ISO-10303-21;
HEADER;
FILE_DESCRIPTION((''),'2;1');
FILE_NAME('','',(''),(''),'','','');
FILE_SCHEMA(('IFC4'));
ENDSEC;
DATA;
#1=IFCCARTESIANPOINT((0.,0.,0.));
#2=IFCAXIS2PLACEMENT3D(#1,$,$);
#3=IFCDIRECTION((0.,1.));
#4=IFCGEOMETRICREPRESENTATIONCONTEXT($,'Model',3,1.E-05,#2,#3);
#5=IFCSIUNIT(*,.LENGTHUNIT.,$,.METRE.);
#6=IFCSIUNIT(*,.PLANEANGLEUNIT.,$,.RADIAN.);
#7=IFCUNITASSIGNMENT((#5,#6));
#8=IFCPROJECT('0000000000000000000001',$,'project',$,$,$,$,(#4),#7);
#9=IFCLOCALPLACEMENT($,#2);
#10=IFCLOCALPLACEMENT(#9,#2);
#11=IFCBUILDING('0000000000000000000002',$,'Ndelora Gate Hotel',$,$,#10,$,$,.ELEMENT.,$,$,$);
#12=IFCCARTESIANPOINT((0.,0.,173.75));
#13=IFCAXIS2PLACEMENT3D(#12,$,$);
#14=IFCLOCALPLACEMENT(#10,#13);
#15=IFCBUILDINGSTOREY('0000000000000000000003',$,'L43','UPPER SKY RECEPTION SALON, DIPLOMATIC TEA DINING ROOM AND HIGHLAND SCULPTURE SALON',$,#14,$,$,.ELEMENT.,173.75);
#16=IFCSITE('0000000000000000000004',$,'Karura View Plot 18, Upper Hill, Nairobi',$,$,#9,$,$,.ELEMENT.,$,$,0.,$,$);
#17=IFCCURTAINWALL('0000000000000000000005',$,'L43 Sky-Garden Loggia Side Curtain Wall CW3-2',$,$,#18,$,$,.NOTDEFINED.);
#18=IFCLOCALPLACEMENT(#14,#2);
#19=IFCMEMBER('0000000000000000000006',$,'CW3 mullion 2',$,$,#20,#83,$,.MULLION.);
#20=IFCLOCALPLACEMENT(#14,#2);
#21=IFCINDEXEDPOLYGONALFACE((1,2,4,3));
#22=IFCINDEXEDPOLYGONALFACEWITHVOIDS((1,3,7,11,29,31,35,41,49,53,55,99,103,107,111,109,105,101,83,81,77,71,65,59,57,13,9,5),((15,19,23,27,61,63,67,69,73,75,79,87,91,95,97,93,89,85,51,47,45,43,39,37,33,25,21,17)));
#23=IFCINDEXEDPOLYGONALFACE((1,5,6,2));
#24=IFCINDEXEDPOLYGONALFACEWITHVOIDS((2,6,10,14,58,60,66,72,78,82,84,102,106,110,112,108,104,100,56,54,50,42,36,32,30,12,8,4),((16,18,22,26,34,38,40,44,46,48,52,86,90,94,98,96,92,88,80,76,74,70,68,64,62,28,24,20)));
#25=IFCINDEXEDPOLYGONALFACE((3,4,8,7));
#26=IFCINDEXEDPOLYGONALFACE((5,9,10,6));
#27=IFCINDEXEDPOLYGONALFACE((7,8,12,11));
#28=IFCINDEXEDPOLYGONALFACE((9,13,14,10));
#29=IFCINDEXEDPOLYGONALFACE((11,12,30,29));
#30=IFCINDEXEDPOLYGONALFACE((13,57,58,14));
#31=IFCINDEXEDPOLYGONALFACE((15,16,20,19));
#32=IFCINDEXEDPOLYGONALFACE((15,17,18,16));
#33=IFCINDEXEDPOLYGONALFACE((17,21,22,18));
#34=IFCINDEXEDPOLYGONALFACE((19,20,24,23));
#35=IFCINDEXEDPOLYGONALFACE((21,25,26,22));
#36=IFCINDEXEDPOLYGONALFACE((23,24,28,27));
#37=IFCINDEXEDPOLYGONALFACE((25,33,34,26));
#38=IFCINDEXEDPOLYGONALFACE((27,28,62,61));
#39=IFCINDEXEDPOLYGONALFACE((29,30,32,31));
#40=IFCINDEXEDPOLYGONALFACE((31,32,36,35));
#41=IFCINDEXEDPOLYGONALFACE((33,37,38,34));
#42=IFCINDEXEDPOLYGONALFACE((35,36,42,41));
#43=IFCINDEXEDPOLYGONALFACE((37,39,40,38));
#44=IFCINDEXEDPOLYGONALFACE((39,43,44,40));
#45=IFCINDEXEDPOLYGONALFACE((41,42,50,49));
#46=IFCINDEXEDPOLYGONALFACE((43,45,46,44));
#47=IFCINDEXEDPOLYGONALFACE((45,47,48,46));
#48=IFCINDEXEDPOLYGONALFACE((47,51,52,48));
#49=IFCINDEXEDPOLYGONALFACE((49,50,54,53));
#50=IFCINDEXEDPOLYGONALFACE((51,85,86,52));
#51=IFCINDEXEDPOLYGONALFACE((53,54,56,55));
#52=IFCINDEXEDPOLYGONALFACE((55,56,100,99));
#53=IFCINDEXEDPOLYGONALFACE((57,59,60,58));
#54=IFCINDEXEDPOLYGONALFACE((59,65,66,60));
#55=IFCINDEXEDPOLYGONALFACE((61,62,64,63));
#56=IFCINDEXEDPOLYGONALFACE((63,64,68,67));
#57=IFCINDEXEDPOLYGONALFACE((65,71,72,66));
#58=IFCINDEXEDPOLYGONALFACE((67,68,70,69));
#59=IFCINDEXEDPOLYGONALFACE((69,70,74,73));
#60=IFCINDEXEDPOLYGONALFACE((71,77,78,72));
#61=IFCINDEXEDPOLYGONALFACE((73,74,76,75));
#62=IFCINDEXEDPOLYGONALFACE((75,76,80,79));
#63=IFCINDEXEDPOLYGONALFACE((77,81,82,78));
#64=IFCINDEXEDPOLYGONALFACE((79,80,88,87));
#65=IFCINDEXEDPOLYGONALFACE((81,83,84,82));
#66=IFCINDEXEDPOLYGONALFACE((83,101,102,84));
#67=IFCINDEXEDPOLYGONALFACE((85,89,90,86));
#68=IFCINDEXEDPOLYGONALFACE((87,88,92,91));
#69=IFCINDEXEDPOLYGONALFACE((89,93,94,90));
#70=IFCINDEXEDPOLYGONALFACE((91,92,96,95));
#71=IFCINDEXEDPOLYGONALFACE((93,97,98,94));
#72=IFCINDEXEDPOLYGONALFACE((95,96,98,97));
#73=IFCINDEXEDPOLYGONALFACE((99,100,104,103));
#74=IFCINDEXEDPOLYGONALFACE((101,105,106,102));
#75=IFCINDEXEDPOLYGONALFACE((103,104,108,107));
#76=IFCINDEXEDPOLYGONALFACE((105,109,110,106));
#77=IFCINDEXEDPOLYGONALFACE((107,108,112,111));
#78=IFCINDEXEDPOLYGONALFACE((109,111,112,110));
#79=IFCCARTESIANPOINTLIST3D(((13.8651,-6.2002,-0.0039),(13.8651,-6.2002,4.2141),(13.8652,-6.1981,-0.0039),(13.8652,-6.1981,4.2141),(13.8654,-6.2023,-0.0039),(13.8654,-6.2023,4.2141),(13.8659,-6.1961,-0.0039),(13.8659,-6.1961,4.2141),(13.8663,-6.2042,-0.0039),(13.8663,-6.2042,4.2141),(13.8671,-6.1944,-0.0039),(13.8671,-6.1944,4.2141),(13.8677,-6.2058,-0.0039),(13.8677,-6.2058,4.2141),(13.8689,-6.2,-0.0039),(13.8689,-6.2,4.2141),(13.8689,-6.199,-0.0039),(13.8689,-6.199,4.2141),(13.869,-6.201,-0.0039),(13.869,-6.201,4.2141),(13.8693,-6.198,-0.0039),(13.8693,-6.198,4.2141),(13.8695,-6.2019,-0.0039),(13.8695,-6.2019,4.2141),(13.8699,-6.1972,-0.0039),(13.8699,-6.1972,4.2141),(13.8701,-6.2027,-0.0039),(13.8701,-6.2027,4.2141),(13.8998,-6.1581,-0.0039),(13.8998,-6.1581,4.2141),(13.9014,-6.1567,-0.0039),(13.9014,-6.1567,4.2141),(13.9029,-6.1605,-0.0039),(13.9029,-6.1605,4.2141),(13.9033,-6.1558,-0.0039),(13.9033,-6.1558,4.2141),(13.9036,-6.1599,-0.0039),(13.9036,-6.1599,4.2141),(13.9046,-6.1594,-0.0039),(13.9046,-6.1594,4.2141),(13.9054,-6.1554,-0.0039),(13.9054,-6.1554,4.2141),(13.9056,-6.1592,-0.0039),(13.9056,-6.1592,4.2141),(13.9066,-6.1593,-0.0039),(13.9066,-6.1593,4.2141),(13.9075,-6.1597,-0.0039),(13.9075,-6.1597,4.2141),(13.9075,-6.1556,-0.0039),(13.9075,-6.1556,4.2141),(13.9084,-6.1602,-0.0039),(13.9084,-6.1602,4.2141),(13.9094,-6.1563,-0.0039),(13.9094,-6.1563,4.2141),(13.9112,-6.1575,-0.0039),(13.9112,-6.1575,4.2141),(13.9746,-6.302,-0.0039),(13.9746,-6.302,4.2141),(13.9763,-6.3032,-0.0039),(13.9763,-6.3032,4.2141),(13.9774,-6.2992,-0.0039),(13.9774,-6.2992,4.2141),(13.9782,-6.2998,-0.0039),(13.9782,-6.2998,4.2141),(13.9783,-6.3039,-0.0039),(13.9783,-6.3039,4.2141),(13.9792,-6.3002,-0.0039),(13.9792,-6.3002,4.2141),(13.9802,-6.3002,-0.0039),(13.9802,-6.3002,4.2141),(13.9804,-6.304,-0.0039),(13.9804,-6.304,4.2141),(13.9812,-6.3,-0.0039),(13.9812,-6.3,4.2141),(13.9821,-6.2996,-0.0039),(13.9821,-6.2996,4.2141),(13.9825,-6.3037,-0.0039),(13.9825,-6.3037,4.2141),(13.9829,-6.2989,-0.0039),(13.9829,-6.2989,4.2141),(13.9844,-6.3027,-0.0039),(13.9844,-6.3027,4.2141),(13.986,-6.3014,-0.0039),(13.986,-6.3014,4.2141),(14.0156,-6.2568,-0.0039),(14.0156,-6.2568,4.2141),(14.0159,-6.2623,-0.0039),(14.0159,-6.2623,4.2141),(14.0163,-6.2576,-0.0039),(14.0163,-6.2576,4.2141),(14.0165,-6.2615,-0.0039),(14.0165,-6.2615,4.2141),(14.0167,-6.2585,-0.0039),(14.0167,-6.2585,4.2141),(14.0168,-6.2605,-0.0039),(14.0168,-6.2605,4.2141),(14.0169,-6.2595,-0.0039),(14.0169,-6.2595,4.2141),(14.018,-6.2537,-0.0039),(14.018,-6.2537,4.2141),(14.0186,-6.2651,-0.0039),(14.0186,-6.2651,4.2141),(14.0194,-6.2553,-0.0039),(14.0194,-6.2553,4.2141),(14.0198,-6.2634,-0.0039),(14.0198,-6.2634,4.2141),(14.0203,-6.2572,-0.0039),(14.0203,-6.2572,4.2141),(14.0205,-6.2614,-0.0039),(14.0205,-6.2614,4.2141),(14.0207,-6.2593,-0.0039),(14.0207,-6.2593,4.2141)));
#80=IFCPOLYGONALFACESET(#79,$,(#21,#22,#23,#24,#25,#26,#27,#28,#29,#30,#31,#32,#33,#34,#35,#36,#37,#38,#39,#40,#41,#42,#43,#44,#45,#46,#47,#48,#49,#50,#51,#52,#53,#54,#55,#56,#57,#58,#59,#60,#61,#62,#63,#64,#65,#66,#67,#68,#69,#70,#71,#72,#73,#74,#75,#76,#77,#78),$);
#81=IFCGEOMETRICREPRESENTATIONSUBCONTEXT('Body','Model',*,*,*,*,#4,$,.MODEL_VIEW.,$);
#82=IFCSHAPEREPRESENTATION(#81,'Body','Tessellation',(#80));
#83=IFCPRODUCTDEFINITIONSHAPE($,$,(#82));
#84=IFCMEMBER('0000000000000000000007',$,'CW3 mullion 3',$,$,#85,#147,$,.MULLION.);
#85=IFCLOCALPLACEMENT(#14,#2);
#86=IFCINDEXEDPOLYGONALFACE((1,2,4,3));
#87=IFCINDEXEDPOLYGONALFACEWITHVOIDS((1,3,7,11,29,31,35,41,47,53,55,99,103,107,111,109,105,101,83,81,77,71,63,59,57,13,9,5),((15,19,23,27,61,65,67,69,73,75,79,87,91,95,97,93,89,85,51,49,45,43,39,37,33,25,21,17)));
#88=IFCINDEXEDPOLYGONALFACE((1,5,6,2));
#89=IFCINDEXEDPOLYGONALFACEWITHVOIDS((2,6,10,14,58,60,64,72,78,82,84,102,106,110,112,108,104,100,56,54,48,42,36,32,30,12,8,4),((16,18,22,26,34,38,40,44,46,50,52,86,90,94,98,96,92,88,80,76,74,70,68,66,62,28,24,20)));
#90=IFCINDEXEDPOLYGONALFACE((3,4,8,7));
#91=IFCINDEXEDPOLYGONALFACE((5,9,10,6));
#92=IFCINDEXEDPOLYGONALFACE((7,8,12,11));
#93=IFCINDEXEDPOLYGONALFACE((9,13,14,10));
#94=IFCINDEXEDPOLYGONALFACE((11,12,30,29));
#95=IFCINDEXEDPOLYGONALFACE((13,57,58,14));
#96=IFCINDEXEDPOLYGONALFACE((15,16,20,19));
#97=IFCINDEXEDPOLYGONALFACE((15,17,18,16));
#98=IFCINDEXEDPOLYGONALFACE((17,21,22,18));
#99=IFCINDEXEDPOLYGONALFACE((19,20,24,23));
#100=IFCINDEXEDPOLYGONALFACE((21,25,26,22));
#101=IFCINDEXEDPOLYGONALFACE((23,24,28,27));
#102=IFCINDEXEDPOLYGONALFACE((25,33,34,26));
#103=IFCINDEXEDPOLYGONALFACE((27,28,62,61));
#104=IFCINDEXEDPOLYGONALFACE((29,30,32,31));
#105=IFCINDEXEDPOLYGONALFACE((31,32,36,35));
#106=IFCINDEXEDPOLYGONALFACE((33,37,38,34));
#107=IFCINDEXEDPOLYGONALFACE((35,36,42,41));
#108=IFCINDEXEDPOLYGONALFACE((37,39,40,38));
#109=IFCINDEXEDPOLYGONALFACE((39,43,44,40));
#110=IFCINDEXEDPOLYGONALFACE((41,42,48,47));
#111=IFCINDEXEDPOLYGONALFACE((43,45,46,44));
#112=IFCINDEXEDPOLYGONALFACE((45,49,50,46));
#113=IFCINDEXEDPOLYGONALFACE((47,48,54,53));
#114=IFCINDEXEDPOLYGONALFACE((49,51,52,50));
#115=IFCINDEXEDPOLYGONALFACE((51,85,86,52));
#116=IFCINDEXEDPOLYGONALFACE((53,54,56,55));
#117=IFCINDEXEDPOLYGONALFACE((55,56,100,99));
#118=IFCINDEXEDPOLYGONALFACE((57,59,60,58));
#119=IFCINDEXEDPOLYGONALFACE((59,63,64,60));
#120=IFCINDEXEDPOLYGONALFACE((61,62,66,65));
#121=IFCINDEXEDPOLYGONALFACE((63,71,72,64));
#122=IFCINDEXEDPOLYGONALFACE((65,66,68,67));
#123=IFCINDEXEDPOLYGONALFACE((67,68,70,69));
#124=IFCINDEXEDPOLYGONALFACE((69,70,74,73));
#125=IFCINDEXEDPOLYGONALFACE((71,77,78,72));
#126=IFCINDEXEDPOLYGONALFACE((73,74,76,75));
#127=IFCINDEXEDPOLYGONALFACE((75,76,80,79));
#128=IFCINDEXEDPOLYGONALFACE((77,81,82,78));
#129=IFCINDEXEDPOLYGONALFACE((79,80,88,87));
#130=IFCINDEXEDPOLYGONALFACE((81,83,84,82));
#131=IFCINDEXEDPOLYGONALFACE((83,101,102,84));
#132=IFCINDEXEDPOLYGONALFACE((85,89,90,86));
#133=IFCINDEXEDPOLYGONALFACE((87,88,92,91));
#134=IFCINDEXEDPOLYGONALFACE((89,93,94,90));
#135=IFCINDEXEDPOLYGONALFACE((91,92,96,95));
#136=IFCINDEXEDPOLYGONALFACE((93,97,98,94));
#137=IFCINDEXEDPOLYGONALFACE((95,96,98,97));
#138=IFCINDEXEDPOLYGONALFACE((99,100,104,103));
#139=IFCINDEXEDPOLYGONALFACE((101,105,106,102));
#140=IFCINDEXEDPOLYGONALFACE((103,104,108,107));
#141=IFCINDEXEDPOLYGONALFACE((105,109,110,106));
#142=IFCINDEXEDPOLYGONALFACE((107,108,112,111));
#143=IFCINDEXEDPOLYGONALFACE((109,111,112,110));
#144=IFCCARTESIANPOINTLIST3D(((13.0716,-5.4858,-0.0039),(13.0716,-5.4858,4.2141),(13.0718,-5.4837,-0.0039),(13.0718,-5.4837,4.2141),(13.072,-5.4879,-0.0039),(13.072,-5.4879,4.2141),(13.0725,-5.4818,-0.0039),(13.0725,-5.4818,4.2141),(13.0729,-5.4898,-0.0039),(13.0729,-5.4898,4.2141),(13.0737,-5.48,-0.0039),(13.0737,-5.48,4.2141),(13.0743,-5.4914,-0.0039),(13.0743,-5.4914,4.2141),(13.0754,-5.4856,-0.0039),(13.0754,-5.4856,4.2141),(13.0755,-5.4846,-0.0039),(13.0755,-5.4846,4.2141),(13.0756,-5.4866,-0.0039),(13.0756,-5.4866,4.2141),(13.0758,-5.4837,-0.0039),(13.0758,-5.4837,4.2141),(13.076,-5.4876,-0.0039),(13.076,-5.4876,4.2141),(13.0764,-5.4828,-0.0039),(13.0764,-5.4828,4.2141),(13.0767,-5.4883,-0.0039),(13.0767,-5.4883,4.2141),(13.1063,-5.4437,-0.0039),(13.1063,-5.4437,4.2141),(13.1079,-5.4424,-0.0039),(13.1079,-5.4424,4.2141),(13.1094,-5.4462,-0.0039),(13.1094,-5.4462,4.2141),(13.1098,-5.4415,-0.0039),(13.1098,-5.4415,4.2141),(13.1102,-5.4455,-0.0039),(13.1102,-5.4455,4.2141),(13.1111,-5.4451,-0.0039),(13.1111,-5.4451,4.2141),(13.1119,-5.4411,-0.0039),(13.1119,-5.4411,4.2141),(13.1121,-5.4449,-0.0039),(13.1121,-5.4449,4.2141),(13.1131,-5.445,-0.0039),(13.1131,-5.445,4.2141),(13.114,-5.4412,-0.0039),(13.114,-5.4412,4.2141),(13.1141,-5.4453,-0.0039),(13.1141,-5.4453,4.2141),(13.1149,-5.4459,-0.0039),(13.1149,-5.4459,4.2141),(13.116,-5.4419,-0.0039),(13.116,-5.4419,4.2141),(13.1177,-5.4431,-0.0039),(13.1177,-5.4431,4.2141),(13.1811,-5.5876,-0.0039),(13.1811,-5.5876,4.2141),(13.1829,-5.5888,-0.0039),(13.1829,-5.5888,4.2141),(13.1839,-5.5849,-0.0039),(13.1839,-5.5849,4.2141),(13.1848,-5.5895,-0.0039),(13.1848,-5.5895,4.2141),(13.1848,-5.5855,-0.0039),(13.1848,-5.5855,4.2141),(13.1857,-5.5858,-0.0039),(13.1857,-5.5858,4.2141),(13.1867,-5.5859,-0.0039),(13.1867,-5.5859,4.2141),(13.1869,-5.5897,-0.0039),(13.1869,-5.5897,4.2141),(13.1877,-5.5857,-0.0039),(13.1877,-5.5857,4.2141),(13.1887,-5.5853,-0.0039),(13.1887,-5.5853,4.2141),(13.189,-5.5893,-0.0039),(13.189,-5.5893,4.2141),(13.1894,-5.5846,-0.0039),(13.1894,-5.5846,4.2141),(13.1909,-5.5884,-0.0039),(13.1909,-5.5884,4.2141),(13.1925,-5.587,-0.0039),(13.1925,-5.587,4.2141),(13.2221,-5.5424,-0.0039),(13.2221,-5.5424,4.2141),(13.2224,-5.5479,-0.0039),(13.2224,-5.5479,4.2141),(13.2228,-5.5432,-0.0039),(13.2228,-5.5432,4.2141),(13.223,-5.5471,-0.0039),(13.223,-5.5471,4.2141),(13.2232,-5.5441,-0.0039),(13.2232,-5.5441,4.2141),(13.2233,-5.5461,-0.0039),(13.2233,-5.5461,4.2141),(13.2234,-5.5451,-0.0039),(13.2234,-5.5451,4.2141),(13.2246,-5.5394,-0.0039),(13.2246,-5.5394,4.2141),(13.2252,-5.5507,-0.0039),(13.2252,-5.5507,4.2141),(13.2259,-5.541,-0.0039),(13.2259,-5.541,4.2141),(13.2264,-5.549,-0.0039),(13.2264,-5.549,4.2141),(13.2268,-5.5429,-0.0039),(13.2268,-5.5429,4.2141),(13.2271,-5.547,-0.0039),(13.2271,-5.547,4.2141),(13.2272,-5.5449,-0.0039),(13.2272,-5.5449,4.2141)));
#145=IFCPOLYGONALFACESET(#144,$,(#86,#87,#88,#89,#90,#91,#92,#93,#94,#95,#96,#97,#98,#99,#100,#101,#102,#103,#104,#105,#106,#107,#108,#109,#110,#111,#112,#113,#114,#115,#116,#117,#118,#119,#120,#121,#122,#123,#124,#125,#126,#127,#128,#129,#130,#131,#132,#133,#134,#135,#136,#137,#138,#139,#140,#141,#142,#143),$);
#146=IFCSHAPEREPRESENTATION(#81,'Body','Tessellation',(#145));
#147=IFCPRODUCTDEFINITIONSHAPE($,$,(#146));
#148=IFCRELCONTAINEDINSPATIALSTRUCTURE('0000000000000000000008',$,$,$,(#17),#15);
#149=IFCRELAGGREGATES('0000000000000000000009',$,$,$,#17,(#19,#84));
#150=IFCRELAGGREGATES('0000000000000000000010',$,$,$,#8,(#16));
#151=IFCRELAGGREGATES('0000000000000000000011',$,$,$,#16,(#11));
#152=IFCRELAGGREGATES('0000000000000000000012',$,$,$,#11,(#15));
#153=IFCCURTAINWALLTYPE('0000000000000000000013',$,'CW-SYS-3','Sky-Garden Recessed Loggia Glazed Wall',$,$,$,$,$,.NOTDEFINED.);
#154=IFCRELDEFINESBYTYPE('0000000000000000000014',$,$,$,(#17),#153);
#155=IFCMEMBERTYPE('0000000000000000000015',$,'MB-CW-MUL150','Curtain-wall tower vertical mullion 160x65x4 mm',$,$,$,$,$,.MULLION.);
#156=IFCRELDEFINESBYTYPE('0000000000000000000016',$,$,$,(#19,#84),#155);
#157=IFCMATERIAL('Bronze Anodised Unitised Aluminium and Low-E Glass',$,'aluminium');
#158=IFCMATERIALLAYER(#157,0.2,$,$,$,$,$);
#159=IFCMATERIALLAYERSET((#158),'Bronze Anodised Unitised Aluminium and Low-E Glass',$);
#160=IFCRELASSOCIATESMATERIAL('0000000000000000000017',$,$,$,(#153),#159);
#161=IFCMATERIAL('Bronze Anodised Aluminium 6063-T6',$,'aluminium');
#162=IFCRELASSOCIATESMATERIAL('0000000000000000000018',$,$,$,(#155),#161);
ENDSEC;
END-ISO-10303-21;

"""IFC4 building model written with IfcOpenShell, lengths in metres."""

from ifc_helpers import new_model, si_unit, direction, frame, origin, origin_2d, place, context, subcontext, project, spatial, hollow_rectangle, extrude, material, layer, layer_set, material_profile, profile_set, type_object, element, aggregate, save


model = new_model("IFC4")

# Units and contexts
model_context = context("Model", 3, precision=1e-05, world=origin(), true_north=direction((0.0, 1.0)))
body_context = subcontext(model_context, "Body", "Model", "MODEL_VIEW")
ifc_project = project(units=[si_unit("LENGTHUNIT", "METRE"), si_unit("PLANEANGLEUNIT", "RADIAN")], contexts=[model_context])

# Site, building, storey
site_placement = place(None, origin())
site = spatial("IfcSite", under=ifc_project, at=site_placement, Name="Karura View Plot 18, Upper Hill, Nairobi", CompositionType="ELEMENT", RefElevation=0.0)
building_placement = place(site_placement, origin())
building = spatial("IfcBuilding", under=site, at=building_placement, Name="Ndelora Gate Hotel", CompositionType="ELEMENT")
storey_placement = place(building_placement, frame((0.0, 0.0, 173.75)))
storey = spatial("IfcBuildingStorey", under=building, at=storey_placement, Name="L43", Description="UPPER SKY RECEPTION SALON, DIPLOMATIC TEA DINING ROOM AND HIGHLAND SCULPTURE SALON", CompositionType="ELEMENT", Elevation=173.75)

# Curtain wall, members
ifc_material_1 = material(Name="Bronze Anodised Unitised Aluminium and Low-E Glass", Category="aluminium")
ifc_layer_1 = layer(ifc_material_1, 0.2)
ifc_layer_set_1 = layer_set([ifc_layer_1], Name="Bronze Anodised Unitised Aluminium and Low-E Glass")
curtain_wall_type = type_object("IfcCurtainWallType", Name="CW-SYS-3", Description="Sky-Garden Recessed Loggia Glazed Wall", PredefinedType="NOTDEFINED", material=ifc_layer_set_1)
curtain_wall_placement = place(storey_placement, origin())
curtain_wall = element("IfcCurtainWall", 1, at=curtain_wall_placement, inside=storey, type_object=curtain_wall_type, Name="L43 Sky-Garden Loggia Side Curtain Wall CW3-2", PredefinedType="NOTDEFINED")
ifc_material_2 = material(Name="Bronze Anodised Aluminium 6063-T6", Category="aluminium")
ifc_material_profile_1 = material_profile(ifc_material_2, hollow_rectangle(XDim=0.0649, YDim=0.1599, WallThickness=0.0039, InnerFilletRadius=0.0039, OuterFilletRadius=0.0081, at=origin_2d()), Name="ALU 160x65x4")
ifc_profile_set_1 = profile_set([ifc_material_profile_1], Name="Bronze Anodised Aluminium 6063-T6")
member_type_1 = type_object("IfcMemberType", Name="MB-CW-MUL150", Description="Curtain-wall tower vertical mullion 160x65x4 mm", PredefinedType="MULLION", material=ifc_profile_set_1)
member_1_placement = place(storey_placement, frame((13.9429, -6.2297, -0.0039), z_axis=(0.0, 0.0, 1.0), x_axis=(-0.669138, -0.743138, 0.0)))
member_1 = element("IfcMember", 2, at=member_1_placement, type_object=member_type_1, Name="CW3 mullion 2", PredefinedType="MULLION", context=body_context, shape_type="SweptSolid", body=[
    extrude(hollow_rectangle(XDim=0.0649, YDim=0.1599, WallThickness=0.0039, InnerFilletRadius=0.0039, OuterFilletRadius=0.0081, at=origin_2d()), origin(), (0.0, 0.0, 1.0), 4.218),
])
member_2_placement = place(storey_placement, frame((13.1494, -5.5154, -0.0039), z_axis=(0.0, 0.0, 1.0), x_axis=(-0.669138, -0.743138, 0.0)))
member_2 = element("IfcMember", 3, at=member_2_placement, type_object=member_type_1, Name="CW3 mullion 3", PredefinedType="MULLION", context=body_context, shape_type="SweptSolid", body=[
    extrude(hollow_rectangle(XDim=0.0649, YDim=0.1599, WallThickness=0.0039, InnerFilletRadius=0.0039, OuterFilletRadius=0.0081, at=origin_2d()), origin(), (0.0, 0.0, 1.0), 4.218),
])
aggregate(curtain_wall, [member_1, member_2])

save(model, "model.ifc")
